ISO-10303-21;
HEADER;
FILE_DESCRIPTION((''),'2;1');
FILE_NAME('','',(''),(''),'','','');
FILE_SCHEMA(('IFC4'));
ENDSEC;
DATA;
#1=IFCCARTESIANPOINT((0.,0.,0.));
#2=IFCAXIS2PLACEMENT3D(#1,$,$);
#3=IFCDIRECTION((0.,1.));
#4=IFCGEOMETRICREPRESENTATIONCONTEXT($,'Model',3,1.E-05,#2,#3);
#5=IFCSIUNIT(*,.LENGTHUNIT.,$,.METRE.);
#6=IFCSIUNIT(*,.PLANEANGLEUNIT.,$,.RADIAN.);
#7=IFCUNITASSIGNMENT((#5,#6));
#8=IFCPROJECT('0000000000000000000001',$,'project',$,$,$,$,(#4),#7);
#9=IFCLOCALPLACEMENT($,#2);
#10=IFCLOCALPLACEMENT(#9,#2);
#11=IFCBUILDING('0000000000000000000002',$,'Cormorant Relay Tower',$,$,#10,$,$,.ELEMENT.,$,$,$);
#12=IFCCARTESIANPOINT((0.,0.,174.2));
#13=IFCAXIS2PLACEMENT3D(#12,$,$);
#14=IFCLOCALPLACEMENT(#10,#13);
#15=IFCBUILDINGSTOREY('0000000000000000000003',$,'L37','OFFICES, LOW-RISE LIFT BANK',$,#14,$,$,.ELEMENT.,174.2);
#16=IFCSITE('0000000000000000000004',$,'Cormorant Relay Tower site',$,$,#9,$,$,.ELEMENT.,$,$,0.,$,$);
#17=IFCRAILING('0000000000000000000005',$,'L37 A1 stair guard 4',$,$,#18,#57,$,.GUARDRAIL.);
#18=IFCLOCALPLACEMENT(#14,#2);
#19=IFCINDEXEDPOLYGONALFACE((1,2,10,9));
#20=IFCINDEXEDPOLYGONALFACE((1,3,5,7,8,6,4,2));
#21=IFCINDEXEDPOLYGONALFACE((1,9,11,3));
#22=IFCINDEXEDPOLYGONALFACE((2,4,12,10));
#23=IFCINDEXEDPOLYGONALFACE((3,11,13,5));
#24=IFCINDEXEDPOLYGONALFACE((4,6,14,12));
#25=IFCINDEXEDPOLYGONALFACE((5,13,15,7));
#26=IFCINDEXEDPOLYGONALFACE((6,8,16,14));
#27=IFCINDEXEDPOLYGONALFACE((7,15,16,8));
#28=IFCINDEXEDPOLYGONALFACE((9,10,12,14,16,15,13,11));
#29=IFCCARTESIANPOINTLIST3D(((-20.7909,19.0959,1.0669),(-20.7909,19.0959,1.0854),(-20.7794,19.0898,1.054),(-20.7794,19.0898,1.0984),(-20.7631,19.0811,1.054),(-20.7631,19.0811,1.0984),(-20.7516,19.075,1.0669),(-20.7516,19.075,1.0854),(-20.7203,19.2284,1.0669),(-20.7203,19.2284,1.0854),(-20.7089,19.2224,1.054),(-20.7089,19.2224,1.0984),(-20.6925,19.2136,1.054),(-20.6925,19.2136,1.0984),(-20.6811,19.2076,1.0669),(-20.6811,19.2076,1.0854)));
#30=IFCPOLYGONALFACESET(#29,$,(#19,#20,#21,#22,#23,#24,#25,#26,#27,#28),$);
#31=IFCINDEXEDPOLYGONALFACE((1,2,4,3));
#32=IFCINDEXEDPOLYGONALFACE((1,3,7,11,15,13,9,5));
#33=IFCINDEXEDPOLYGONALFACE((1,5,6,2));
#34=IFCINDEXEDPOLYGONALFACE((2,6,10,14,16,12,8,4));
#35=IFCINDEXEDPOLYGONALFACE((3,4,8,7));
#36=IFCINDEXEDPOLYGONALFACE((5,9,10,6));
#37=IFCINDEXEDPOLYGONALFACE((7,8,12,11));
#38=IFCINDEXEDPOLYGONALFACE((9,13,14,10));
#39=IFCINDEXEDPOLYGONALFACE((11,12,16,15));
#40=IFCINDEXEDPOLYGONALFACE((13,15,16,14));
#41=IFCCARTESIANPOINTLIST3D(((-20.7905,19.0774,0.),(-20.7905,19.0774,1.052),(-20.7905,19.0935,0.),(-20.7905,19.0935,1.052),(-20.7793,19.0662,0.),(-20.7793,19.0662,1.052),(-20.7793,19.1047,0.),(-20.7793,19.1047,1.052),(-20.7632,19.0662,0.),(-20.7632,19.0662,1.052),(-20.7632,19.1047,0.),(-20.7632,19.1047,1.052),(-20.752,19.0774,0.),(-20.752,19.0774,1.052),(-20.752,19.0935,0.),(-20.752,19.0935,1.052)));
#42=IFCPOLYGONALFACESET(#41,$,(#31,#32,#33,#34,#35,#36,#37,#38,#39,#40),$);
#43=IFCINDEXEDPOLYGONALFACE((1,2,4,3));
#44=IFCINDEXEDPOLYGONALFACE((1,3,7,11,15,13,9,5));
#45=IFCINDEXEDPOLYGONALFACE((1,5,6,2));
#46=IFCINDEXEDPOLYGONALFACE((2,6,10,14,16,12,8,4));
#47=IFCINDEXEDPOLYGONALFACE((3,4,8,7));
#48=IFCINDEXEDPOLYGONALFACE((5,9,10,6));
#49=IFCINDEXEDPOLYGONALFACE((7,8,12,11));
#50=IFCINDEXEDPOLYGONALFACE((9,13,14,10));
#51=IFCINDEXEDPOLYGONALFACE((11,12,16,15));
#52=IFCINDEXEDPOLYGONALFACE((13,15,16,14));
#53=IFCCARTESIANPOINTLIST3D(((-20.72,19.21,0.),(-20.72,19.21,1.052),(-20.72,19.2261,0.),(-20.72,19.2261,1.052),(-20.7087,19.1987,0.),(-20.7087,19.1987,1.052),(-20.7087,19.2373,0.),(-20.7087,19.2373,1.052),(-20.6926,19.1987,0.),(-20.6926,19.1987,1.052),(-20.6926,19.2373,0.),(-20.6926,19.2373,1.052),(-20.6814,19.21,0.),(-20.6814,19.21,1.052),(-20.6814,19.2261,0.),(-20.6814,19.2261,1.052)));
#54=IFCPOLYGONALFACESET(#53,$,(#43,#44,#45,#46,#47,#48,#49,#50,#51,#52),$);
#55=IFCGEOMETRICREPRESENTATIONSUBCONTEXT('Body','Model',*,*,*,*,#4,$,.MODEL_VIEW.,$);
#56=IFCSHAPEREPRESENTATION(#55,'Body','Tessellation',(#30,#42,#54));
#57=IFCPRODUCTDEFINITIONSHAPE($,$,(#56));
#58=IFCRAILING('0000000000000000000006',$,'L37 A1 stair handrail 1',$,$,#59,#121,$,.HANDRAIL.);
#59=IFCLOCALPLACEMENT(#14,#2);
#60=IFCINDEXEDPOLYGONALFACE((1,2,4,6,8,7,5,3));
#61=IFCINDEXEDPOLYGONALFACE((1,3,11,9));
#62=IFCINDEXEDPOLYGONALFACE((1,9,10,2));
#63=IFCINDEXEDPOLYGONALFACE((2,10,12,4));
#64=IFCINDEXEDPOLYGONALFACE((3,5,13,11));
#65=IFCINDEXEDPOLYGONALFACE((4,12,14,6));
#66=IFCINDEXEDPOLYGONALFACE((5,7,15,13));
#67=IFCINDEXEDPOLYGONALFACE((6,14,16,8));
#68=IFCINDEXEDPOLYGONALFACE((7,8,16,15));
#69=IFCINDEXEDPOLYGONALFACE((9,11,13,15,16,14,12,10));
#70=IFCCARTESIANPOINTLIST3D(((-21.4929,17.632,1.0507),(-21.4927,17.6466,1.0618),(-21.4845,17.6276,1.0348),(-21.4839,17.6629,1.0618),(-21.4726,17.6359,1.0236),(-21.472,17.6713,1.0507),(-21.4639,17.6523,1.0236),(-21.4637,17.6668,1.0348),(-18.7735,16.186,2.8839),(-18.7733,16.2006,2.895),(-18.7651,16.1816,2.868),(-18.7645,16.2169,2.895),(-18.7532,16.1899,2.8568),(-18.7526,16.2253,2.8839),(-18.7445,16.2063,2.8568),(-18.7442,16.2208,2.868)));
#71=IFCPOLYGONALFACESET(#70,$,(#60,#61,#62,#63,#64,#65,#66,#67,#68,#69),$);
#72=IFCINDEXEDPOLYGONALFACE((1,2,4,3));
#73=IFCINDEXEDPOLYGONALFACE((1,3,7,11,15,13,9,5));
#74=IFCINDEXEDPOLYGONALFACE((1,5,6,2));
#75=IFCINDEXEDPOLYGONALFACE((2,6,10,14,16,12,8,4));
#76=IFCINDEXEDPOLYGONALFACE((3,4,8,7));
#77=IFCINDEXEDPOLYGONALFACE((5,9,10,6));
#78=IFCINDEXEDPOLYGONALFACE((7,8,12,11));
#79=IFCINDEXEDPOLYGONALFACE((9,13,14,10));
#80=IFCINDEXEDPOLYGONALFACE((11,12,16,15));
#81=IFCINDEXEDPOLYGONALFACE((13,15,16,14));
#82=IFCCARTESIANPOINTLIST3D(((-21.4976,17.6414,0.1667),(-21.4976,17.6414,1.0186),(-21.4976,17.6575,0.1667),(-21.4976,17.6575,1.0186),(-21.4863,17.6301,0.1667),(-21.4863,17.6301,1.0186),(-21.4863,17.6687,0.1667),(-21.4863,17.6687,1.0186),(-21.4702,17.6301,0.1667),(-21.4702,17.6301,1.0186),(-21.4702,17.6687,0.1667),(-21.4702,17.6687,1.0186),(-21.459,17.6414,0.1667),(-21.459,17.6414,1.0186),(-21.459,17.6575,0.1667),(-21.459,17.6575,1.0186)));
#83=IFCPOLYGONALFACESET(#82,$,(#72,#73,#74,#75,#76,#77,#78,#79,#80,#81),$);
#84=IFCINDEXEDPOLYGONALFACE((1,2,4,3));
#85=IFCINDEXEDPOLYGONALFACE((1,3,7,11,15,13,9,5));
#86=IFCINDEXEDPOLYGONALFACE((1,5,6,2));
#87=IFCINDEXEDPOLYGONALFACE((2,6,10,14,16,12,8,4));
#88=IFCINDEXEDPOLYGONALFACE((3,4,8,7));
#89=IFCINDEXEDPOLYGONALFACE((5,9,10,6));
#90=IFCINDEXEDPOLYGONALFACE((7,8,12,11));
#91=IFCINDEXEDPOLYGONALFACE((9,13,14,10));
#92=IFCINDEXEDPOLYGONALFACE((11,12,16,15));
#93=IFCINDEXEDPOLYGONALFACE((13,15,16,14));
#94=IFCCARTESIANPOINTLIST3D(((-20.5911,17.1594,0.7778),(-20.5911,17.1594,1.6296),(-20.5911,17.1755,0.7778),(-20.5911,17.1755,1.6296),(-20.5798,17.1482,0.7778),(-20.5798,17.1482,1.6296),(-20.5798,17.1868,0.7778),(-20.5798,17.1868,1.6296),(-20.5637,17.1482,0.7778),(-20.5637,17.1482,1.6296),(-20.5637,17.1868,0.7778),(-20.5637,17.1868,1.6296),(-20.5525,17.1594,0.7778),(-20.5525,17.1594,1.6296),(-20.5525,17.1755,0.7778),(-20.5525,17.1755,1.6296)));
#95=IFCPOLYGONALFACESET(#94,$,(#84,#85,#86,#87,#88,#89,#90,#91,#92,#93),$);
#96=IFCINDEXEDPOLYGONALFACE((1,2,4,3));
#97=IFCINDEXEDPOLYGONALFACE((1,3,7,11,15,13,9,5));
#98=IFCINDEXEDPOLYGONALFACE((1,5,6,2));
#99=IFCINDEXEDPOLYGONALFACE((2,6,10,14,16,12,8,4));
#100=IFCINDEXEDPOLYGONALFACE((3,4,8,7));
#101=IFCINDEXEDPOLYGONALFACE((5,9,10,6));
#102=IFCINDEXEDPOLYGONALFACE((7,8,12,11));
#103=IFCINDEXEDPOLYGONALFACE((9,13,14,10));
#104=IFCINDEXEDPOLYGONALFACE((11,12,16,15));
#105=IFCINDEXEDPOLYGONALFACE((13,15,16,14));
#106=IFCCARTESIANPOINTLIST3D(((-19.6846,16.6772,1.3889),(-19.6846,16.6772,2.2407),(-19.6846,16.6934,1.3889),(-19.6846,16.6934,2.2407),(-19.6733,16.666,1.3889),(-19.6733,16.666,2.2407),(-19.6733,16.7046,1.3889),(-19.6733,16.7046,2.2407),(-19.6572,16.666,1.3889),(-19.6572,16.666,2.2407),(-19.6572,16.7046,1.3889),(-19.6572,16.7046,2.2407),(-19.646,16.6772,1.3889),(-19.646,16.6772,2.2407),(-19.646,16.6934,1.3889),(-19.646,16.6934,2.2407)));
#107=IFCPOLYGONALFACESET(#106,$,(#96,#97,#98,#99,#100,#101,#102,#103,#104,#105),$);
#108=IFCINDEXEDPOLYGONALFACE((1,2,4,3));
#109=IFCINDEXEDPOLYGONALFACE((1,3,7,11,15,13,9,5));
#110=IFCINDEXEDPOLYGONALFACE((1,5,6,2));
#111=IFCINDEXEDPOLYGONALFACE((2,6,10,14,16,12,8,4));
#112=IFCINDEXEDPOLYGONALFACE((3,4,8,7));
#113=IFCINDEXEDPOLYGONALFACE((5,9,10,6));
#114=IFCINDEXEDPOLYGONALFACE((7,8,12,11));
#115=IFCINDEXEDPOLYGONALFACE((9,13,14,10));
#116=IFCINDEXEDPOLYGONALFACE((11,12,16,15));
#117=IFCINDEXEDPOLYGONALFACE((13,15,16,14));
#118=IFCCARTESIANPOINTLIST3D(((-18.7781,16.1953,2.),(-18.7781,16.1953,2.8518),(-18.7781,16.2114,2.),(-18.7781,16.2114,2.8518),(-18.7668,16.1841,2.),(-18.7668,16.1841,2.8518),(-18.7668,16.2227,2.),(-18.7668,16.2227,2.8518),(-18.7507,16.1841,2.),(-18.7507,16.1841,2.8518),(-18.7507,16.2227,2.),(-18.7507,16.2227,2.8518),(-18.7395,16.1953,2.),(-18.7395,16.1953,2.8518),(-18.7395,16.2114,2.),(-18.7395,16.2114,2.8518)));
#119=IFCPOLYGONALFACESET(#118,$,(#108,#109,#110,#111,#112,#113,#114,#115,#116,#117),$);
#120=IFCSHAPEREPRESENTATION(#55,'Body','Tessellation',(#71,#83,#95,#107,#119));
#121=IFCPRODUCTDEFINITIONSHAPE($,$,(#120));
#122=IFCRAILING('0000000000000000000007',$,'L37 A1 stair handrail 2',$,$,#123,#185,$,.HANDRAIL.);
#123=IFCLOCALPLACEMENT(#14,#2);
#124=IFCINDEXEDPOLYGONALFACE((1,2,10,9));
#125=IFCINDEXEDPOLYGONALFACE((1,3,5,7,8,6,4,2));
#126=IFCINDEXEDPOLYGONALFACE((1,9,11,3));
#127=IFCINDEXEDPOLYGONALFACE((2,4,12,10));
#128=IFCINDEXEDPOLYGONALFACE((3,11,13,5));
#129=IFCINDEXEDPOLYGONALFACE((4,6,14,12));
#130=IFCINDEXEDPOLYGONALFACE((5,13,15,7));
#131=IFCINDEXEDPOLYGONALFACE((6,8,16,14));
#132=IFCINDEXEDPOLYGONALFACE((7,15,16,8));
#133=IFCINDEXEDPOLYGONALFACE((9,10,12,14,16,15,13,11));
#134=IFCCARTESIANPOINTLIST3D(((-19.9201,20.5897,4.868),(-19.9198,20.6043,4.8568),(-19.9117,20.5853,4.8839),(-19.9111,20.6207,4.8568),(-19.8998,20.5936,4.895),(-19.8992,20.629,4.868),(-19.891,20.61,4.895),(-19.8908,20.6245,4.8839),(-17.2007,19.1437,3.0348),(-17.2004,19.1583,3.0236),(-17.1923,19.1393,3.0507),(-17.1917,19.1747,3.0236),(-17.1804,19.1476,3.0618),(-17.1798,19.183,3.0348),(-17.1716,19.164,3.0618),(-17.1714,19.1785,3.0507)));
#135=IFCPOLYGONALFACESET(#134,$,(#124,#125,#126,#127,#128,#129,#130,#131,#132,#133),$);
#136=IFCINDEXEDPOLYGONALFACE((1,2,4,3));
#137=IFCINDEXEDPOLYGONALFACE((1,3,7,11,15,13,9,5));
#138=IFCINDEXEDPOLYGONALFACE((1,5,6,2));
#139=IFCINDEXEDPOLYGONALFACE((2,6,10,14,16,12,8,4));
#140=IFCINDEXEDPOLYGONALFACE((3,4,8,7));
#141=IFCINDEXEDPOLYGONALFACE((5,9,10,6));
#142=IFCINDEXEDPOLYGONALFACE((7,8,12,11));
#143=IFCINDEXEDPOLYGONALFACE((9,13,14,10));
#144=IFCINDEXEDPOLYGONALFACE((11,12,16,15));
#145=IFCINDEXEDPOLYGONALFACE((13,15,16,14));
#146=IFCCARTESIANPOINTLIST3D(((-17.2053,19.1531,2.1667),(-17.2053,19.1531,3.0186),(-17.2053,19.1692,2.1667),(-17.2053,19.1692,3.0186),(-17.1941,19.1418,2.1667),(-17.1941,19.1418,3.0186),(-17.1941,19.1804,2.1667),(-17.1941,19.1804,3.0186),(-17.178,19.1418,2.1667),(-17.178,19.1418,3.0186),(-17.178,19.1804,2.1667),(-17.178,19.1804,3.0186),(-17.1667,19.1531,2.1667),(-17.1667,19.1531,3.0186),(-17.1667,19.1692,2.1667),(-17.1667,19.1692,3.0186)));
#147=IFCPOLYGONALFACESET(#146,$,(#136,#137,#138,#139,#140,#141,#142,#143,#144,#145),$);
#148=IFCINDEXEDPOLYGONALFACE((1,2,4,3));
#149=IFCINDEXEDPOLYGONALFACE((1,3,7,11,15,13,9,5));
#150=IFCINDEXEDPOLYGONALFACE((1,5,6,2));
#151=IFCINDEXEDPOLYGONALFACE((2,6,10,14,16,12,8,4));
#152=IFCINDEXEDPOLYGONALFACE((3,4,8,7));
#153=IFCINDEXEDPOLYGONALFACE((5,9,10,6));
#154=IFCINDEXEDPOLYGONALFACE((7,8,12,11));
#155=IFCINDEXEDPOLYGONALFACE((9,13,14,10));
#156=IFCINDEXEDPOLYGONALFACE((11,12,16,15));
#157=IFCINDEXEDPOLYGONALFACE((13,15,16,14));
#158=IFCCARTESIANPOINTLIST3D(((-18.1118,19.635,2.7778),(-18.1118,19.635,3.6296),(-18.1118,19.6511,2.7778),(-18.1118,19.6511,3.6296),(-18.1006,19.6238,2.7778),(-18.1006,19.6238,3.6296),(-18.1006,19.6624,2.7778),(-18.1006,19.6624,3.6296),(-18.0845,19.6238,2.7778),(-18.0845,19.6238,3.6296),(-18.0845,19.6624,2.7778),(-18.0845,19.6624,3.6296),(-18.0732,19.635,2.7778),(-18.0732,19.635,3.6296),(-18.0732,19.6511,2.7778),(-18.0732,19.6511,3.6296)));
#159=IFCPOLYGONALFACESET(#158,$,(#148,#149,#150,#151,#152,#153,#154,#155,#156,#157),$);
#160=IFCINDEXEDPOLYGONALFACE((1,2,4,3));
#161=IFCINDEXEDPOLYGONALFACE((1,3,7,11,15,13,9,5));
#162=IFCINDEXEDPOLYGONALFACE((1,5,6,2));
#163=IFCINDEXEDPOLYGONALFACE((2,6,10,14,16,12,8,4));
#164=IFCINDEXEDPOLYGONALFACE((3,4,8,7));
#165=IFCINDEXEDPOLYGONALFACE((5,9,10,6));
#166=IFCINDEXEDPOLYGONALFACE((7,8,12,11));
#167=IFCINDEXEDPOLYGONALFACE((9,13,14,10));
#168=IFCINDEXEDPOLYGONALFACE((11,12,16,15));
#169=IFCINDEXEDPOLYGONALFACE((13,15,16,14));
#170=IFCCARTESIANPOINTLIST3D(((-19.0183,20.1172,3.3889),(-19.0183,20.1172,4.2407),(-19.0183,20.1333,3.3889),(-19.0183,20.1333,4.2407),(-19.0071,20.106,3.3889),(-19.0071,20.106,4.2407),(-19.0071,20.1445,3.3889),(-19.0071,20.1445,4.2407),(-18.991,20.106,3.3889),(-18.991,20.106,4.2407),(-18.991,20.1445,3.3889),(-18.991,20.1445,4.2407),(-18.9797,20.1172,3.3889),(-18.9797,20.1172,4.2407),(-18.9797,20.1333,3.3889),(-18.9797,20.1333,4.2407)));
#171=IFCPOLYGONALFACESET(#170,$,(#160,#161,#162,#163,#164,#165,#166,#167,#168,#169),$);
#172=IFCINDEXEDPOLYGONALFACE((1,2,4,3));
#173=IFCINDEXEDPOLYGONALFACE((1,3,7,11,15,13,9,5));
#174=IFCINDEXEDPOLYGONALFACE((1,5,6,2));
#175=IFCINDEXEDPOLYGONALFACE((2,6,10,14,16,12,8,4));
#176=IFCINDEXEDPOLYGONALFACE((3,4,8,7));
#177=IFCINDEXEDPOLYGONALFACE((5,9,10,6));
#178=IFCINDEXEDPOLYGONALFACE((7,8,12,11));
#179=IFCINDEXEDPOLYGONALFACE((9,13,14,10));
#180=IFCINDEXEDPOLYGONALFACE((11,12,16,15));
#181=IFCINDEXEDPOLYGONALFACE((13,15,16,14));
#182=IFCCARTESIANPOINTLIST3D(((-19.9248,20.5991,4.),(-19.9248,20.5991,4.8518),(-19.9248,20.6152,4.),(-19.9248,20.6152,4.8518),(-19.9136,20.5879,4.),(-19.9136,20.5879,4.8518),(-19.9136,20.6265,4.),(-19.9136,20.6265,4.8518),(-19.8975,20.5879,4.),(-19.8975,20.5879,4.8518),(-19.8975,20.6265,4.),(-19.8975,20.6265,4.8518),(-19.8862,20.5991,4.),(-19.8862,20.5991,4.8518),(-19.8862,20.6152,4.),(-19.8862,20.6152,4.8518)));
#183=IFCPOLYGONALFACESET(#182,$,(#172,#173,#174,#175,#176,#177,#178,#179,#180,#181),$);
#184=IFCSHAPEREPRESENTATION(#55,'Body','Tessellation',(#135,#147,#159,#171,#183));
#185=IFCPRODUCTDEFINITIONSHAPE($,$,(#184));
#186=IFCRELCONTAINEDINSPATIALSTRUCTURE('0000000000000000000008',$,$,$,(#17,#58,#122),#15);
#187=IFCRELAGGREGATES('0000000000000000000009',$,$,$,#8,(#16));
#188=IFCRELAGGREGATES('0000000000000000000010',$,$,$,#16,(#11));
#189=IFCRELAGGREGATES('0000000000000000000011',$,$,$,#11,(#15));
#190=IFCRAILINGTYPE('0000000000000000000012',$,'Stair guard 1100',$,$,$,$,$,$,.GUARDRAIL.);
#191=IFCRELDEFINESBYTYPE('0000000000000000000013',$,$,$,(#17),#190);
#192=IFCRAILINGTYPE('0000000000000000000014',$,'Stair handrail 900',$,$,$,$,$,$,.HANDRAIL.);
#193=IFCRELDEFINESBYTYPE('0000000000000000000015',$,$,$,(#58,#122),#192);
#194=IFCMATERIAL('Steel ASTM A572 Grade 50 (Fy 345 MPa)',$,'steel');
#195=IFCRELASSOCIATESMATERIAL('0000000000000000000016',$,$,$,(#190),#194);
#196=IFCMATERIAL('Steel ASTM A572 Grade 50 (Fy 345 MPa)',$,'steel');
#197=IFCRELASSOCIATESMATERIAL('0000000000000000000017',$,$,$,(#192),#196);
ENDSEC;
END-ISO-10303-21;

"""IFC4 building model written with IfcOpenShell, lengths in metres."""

from ifc_helpers import new_model, si_unit, direction, frame, origin, place, context, subcontext, project, spatial, polyline, outline, extrude, material, type_object, element, save


model = new_model("IFC4")

# Units and contexts
model_context = context("Model", 3, precision=1e-05, world=origin(), true_north=direction((0.0, 1.0)))
body_context = subcontext(model_context, "Body", "Model", "MODEL_VIEW")
ifc_project = project(units=[si_unit("LENGTHUNIT", "METRE"), si_unit("PLANEANGLEUNIT", "RADIAN")], contexts=[model_context])

# Site, building, storey
site_placement = place(None, origin())
site = spatial("IfcSite", under=ifc_project, at=site_placement, Name="Cormorant Relay Tower site", CompositionType="ELEMENT", RefElevation=0.0)
building_placement = place(site_placement, origin())
building = spatial("IfcBuilding", under=site, at=building_placement, Name="Cormorant Relay Tower", CompositionType="ELEMENT")
storey_placement = place(building_placement, frame((0.0, 0.0, 174.2)))
storey = spatial("IfcBuildingStorey", under=building, at=storey_placement, Name="L37", Description="OFFICES, LOW-RISE LIFT BANK", CompositionType="ELEMENT", Elevation=174.2)

# Railings
ifc_material_1 = material(Name="Steel ASTM A572 Grade 50 (Fy 345 MPa)", Category="steel")
railing_type_1 = type_object("IfcRailingType", Name="Stair guard 1100", PredefinedType="GUARDRAIL", material=ifc_material_1)
railing_1_placement = place(storey_placement, frame((-20.7712, 19.0854, 0.0)))
element("IfcRailing", 1, at=railing_1_placement, inside=storey, type_object=railing_type_1, Name="L37 A1 stair guard 4", PredefinedType="GUARDRAIL", context=body_context, shape_type="SweptSolid", body=[
    extrude(outline(polyline([(0.0222, 0.0093), (0.0093, 0.0222), (-0.0093, 0.0222), (-0.0222, 0.0093), (-0.0222, -0.0093), (-0.0093, -0.0222), (0.0093, -0.0222), (0.0222, -0.0093), (0.0222, 0.0093)])), frame((0.0, 0.0, 1.0762), z_axis=(0.469829, 0.882758, 0.0), x_axis=(-0.882758, 0.469829, 0.0)), (0.0, 0.0, 1.0), 0.1501),
    extrude(outline(polyline([(0.0193, 0.0081), (0.0081, 0.0193), (-0.0081, 0.0193), (-0.0193, 0.0081), (-0.0193, -0.0081), (-0.0081, -0.0193), (0.0081, -0.0193), (0.0193, -0.0081), (0.0193, 0.0081)])), origin(), (0.0, 0.0, 1.0), 1.052),
    extrude(outline(polyline([(0.0193, 0.0081), (0.0081, 0.0193), (-0.0081, 0.0193), (-0.0193, 0.0081), (-0.0193, -0.0081), (-0.0081, -0.0193), (0.0081, -0.0193), (0.0193, -0.0081), (0.0193, 0.0081)])), frame((0.0706, 0.1326, 0.0)), (0.0, 0.0, 1.0), 1.052),
])
ifc_material_2 = material(Name="Steel ASTM A572 Grade 50 (Fy 345 MPa)", Category="steel")
railing_type_2 = type_object("IfcRailingType", Name="Stair handrail 900", PredefinedType="HANDRAIL", material=ifc_material_2)
railing_2_placement = place(storey_placement, frame((-21.4783, 17.6494, 0.1667)))
element("IfcRailing", 2, at=railing_2_placement, inside=storey, type_object=railing_type_2, Name="L37 A1 stair handrail 1", PredefinedType="HANDRAIL", context=body_context, shape_type="SweptSolid", body=[
    extrude(outline(polyline([(0.0222, 0.0093), (0.0093, 0.0222), (-0.0093, 0.0222), (-0.0222, 0.0093), (-0.0222, -0.0093), (-0.0093, -0.0222), (0.0093, -0.0222), (0.0222, -0.0093), (0.0222, 0.0093)])), frame((0.0, 0.0, 0.876), z_axis=(0.758714, -0.403435, 0.511463), x_axis=(0.469489, 0.882938, 0.0)), (0.0, 0.0, 1.0), 3.5842),
    extrude(outline(polyline([(0.0193, 0.0081), (0.0081, 0.0193), (-0.0081, 0.0193), (-0.0193, 0.0081), (-0.0193, -0.0081), (-0.0081, -0.0193), (0.0081, -0.0193), (0.0193, -0.0081), (0.0193, 0.0081)])), origin(), (0.0, 0.0, 1.0), 0.8518),
    extrude(outline(polyline([(0.0193, 0.0081), (0.0081, 0.0193), (-0.0081, 0.0193), (-0.0193, 0.0081), (-0.0193, -0.0081), (-0.0081, -0.0193), (0.0081, -0.0193), (0.0193, -0.0081), (0.0193, 0.0081)])), frame((0.9065, -0.4819, 0.6111)), (0.0, 0.0, 1.0), 0.8518),
    extrude(outline(polyline([(0.0193, 0.0081), (0.0081, 0.0193), (-0.0081, 0.0193), (-0.0193, 0.0081), (-0.0193, -0.0081), (-0.0081, -0.0193), (0.0081, -0.0193), (0.0193, -0.0081), (0.0193, 0.0081)])), frame((1.813, -0.9641, 1.2222)), (0.0, 0.0, 1.0), 0.8518),
    extrude(outline(polyline([(0.0193, 0.0081), (0.0081, 0.0193), (-0.0081, 0.0193), (-0.0193, 0.0081), (-0.0193, -0.0081), (-0.0081, -0.0193), (0.0081, -0.0193), (0.0193, -0.0081), (0.0193, 0.0081)])), frame((2.7195, -1.446, 1.8333)), (0.0, 0.0, 1.0), 0.8518),
])
railing_3_placement = place(storey_placement, frame((-17.186, 19.1611, 2.1667)))
element("IfcRailing", 3, at=railing_3_placement, inside=storey, type_object=railing_type_2, Name="L37 A1 stair handrail 2", PredefinedType="HANDRAIL", context=body_context, shape_type="SweptSolid", body=[
    extrude(outline(polyline([(0.0222, 0.0093), (0.0093, 0.0222), (-0.0093, 0.0222), (-0.0222, 0.0093), (-0.0222, -0.0093), (-0.0093, -0.0222), (0.0093, -0.0222), (0.0222, -0.0093), (0.0222, 0.0093)])), frame((0.0, 0.0, 0.876), z_axis=(-0.758714, 0.403435, 0.511463), x_axis=(-0.469489, -0.882938, 0.0)), (0.0, 0.0, 1.0), 3.5842),
    extrude(outline(polyline([(0.0193, 0.0081), (0.0081, 0.0193), (-0.0081, 0.0193), (-0.0193, 0.0081), (-0.0193, -0.0081), (-0.0081, -0.0193), (0.0081, -0.0193), (0.0193, -0.0081), (0.0193, 0.0081)])), origin(), (0.0, 0.0, 1.0), 0.8518),
    extrude(outline(polyline([(0.0193, 0.0081), (0.0081, 0.0193), (-0.0081, 0.0193), (-0.0193, 0.0081), (-0.0193, -0.0081), (-0.0081, -0.0193), (0.0081, -0.0193), (0.0193, -0.0081), (0.0193, 0.0081)])), frame((-0.9065, 0.4819, 0.6111)), (0.0, 0.0, 1.0), 0.8518),
    extrude(outline(polyline([(0.0193, 0.0081), (0.0081, 0.0193), (-0.0081, 0.0193), (-0.0193, 0.0081), (-0.0193, -0.0081), (-0.0081, -0.0193), (0.0081, -0.0193), (0.0193, -0.0081), (0.0193, 0.0081)])), frame((-1.813, 0.9641, 1.2222)), (0.0, 0.0, 1.0), 0.8518),
    extrude(outline(polyline([(0.0193, 0.0081), (0.0081, 0.0193), (-0.0081, 0.0193), (-0.0193, 0.0081), (-0.0193, -0.0081), (-0.0081, -0.0193), (0.0081, -0.0193), (0.0193, -0.0081), (0.0193, 0.0081)])), frame((-2.7195, 1.446, 1.8333)), (0.0, 0.0, 1.0), 0.8518),
])

save(model, "model.ifc")
